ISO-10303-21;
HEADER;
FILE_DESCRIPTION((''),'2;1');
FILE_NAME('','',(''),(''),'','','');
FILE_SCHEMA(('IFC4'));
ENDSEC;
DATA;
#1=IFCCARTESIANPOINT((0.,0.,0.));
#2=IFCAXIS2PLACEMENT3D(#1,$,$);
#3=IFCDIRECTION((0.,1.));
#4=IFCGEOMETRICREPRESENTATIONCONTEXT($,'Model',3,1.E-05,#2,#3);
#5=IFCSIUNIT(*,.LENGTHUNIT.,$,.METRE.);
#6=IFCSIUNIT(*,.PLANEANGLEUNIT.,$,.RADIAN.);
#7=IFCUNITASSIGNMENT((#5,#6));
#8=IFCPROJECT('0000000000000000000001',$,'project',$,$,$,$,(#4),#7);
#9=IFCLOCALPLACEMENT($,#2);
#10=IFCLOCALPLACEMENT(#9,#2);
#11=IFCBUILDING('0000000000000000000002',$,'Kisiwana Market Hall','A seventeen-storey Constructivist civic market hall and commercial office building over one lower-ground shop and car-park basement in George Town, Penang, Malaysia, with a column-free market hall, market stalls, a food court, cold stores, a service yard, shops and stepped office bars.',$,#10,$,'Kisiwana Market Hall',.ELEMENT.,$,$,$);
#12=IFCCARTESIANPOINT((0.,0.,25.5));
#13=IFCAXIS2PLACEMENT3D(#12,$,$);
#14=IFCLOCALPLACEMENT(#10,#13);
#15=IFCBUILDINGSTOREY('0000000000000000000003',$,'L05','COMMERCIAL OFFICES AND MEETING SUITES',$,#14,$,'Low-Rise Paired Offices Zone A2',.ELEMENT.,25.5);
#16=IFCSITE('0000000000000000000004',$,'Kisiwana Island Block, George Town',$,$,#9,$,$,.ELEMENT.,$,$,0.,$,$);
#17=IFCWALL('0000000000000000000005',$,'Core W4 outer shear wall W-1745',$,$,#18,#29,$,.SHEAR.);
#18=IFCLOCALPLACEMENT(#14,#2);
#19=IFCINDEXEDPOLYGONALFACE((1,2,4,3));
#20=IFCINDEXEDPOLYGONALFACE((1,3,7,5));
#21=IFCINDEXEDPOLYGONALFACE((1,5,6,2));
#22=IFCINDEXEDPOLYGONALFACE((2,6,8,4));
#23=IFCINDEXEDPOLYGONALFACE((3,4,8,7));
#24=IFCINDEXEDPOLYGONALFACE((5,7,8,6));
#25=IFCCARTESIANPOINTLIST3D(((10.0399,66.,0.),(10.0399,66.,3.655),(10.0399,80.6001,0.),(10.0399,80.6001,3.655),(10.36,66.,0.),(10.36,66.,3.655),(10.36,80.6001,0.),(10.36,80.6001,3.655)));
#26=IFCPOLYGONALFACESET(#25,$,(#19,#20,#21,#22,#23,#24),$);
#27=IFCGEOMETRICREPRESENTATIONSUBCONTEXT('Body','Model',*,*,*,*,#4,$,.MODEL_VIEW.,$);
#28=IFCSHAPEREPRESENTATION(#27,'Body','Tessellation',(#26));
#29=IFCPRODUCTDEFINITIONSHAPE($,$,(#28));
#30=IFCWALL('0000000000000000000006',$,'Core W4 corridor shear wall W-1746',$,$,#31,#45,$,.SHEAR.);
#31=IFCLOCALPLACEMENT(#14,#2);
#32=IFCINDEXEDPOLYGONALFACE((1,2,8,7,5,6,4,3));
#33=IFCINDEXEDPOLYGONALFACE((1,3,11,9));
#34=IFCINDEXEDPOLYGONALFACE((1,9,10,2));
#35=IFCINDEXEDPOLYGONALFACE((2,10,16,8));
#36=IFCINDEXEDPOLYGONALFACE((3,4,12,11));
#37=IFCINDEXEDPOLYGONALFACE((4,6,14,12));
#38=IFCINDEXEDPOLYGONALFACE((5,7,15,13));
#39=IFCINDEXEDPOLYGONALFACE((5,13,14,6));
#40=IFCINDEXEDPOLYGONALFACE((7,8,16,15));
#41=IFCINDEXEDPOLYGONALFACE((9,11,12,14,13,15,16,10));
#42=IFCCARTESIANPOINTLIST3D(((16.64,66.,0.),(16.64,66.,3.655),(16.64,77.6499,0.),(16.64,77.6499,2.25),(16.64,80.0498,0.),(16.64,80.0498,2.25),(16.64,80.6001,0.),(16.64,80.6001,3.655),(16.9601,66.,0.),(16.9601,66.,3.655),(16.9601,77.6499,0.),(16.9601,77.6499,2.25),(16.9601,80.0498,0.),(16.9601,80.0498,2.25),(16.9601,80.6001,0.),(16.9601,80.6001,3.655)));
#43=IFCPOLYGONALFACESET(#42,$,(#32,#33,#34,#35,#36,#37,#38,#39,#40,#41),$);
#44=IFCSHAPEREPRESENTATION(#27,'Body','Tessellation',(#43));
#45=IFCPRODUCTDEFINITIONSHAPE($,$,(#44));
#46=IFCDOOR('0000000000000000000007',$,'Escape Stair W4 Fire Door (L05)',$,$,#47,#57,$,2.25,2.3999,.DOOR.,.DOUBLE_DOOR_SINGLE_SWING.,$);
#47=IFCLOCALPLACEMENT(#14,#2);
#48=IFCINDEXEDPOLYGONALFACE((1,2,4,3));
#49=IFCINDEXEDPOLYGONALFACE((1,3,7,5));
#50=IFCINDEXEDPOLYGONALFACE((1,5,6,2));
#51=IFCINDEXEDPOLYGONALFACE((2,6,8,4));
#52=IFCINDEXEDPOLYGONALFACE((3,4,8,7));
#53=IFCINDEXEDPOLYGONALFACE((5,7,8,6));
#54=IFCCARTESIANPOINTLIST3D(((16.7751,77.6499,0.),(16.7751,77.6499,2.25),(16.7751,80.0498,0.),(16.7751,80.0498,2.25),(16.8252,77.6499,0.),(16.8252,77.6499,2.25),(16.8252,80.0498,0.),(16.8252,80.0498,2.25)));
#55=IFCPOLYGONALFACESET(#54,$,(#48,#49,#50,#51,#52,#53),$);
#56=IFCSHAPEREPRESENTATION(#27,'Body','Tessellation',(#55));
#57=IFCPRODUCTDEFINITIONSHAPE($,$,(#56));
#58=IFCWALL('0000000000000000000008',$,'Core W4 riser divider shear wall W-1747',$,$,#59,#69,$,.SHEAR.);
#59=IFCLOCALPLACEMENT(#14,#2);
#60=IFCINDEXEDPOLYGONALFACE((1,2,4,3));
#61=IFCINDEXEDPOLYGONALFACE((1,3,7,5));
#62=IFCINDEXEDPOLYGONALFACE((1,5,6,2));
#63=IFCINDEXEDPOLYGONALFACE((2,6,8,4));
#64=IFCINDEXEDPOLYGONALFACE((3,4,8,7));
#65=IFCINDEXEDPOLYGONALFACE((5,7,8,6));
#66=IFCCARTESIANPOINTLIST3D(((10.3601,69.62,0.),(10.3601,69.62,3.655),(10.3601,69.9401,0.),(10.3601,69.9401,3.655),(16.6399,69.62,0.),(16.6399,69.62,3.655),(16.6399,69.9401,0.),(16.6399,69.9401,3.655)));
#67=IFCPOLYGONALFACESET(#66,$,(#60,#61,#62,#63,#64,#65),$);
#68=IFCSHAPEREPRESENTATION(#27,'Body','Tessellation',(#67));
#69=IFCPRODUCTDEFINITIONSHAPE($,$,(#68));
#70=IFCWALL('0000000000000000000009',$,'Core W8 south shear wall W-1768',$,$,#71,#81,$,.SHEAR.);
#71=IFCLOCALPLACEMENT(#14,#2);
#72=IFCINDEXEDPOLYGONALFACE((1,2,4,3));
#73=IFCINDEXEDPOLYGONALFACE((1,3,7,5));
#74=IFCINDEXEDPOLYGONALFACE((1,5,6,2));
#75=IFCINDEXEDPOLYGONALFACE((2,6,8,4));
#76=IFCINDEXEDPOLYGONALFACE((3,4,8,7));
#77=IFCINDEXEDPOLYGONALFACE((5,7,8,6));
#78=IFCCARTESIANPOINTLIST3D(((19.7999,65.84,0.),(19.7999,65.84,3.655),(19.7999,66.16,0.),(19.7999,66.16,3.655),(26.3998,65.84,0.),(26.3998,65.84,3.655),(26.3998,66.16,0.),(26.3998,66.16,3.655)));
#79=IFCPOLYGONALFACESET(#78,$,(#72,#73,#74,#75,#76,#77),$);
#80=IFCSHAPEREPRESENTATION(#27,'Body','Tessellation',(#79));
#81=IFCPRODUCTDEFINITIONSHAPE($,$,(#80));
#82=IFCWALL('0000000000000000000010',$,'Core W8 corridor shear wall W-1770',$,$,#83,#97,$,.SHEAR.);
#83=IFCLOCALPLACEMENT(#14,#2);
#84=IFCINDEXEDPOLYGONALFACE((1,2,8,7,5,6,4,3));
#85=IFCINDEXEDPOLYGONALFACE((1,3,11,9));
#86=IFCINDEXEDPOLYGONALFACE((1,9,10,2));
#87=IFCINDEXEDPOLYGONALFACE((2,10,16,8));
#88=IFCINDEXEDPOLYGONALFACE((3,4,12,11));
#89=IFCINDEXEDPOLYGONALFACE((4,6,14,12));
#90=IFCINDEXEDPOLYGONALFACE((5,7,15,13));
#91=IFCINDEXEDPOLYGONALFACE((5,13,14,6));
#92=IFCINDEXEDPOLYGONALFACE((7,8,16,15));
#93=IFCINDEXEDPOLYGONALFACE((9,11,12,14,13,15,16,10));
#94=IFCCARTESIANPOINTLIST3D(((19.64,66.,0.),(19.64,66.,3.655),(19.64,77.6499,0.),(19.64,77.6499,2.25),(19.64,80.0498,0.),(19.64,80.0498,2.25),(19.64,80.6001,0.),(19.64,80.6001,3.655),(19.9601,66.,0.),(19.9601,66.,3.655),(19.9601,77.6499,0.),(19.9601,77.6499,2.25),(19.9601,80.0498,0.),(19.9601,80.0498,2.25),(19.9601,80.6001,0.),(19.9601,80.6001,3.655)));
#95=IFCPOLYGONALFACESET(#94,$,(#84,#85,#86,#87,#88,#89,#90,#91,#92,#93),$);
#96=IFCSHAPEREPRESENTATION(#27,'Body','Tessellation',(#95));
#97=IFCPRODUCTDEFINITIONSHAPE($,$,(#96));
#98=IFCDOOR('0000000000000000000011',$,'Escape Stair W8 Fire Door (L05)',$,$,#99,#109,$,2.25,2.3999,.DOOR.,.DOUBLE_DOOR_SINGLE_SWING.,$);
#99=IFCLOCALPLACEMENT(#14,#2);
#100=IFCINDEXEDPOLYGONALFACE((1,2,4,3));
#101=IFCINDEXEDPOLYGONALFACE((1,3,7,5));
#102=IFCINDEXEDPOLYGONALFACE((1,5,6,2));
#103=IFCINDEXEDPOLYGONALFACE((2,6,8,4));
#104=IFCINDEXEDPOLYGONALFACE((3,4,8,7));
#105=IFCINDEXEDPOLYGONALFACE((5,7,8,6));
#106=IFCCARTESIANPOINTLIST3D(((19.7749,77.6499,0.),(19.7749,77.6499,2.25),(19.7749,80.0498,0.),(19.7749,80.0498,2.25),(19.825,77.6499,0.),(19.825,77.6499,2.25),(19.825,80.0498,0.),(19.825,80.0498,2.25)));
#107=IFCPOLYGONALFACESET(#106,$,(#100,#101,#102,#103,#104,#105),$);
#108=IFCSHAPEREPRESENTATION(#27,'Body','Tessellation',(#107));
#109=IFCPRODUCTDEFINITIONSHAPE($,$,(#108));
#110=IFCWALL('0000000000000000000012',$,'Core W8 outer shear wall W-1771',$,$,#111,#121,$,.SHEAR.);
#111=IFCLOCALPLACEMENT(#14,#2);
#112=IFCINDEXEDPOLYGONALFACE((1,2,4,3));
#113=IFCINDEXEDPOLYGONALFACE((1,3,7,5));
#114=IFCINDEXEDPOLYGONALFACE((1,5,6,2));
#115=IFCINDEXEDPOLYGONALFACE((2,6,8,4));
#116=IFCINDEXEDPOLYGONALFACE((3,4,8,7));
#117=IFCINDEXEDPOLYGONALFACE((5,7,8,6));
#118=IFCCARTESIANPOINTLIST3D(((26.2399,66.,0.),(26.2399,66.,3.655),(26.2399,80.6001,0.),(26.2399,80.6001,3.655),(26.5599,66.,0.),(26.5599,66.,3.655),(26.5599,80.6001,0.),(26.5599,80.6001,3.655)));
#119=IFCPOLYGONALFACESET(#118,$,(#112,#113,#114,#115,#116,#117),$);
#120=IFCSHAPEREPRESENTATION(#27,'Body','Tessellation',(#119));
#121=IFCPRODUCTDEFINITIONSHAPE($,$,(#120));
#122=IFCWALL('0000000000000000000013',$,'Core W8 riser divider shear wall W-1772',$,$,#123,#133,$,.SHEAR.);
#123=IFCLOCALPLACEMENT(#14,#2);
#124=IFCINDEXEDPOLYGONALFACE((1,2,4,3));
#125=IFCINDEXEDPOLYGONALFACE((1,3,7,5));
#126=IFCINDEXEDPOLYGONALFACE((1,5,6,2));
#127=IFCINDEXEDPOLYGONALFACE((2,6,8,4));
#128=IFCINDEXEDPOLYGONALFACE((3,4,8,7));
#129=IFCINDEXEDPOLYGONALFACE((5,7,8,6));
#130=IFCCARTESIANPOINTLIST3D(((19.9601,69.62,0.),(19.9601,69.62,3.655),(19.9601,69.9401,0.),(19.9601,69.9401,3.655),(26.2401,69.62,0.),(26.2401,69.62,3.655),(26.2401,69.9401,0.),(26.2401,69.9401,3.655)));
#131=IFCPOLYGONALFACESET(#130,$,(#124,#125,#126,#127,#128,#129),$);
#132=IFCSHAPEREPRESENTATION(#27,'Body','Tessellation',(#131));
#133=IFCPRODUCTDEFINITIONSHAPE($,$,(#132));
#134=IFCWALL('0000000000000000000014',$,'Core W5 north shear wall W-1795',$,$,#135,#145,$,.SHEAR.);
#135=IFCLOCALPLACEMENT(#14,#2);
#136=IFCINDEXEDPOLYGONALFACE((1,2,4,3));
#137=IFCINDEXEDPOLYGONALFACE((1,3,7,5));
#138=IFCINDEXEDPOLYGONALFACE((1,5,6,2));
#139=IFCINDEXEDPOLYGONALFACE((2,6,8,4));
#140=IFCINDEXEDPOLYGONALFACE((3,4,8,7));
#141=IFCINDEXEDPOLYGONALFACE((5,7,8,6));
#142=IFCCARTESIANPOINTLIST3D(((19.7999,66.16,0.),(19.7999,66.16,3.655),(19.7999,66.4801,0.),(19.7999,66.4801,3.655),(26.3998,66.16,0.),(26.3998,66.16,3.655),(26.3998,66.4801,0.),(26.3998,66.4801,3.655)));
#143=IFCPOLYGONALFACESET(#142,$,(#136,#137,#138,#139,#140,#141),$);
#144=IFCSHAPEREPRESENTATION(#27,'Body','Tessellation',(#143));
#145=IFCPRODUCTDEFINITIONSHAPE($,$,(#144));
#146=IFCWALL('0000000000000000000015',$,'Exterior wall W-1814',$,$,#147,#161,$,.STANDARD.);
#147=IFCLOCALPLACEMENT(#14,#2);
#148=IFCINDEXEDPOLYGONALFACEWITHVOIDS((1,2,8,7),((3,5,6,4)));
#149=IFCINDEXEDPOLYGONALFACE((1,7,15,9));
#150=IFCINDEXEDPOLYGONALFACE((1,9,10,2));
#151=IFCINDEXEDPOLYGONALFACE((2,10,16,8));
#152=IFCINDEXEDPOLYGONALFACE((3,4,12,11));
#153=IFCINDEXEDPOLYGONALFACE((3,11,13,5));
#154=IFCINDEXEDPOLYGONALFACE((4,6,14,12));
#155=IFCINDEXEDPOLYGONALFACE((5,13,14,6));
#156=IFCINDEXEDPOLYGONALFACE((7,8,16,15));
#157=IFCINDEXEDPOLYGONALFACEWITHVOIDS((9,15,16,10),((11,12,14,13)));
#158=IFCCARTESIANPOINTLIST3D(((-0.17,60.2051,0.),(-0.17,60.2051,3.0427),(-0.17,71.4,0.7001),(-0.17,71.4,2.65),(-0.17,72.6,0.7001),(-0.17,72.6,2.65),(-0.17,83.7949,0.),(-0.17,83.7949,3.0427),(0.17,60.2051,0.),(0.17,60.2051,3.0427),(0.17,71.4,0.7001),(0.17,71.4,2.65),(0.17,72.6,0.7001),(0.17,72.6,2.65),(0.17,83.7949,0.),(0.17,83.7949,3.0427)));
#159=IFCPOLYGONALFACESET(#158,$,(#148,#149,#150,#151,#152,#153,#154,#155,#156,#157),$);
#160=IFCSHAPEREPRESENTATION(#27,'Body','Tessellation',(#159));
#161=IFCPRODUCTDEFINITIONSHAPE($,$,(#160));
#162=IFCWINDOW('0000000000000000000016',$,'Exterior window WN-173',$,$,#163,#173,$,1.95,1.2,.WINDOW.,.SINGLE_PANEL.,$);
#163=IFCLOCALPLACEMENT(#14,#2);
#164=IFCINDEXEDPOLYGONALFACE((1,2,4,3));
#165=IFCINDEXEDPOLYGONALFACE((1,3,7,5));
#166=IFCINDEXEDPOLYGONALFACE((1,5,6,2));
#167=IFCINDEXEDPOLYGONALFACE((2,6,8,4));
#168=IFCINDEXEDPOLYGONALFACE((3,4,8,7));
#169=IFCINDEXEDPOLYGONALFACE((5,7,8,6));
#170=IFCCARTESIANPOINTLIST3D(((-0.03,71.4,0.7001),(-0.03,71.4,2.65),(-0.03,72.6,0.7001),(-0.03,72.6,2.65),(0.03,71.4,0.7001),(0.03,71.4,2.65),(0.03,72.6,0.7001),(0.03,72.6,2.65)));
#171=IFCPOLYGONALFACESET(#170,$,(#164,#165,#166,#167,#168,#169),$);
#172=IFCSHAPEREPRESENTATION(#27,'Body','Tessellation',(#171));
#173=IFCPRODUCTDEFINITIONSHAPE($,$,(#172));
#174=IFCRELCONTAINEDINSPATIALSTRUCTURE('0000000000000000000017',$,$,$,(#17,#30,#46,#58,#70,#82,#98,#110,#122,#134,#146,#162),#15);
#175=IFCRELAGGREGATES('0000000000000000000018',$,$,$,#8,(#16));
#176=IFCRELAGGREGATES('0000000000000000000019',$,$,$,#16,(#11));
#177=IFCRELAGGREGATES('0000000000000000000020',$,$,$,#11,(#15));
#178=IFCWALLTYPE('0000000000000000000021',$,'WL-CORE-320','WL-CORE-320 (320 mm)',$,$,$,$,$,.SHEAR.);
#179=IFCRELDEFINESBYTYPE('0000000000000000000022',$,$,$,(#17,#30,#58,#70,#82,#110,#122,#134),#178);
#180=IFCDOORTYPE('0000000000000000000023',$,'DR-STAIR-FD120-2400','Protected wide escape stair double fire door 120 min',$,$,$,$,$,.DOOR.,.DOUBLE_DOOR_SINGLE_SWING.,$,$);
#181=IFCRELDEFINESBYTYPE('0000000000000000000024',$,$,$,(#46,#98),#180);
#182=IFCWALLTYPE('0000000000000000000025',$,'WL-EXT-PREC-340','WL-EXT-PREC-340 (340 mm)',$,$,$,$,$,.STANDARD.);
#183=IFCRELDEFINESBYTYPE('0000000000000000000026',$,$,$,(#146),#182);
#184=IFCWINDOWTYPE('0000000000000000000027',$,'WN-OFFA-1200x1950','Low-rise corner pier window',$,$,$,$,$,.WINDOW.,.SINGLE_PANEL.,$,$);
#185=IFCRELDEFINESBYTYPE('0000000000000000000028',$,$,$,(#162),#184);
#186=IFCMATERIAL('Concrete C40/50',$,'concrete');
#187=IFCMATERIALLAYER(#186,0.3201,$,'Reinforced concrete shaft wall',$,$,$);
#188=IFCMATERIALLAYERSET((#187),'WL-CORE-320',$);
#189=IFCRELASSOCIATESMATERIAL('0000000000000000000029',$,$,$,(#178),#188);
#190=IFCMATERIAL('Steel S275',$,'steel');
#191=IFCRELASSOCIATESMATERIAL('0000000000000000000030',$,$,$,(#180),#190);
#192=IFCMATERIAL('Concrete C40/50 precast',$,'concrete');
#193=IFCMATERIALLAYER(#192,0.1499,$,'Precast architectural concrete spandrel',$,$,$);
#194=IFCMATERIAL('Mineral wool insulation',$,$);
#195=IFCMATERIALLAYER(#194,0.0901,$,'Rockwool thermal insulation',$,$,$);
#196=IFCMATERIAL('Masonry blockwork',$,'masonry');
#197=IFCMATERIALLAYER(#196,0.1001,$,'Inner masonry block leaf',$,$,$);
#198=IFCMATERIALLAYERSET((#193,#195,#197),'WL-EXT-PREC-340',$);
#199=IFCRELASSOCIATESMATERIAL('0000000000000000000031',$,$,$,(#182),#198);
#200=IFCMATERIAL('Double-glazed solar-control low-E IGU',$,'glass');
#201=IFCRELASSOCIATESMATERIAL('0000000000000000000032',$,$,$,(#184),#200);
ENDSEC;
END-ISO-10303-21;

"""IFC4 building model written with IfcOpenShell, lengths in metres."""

from ifc_helpers import new_model, si_unit, direction, frame, frame_2d, origin, place, context, subcontext, project, spatial, rectangle, extrude, material, layer, layer_set, type_object, element, fill, save


model = new_model("IFC4")

# Units and contexts
model_context = context("Model", 3, precision=1e-05, world=origin(), true_north=direction((0.0, 1.0)))
body_context = subcontext(model_context, "Body", "Model", "MODEL_VIEW")
ifc_project = project(units=[si_unit("LENGTHUNIT", "METRE"), si_unit("PLANEANGLEUNIT", "RADIAN")], contexts=[model_context])

# Site, building, storey
site_placement = place(None, origin())
site = spatial("IfcSite", under=ifc_project, at=site_placement, Name="Kisiwana Island Block, George Town", CompositionType="ELEMENT", RefElevation=0.0)
building_placement = place(site_placement, origin())
building = spatial("IfcBuilding", under=site, at=building_placement, Name="Kisiwana Market Hall", Description="A seventeen-storey Constructivist civic market hall and commercial office building over one lower-ground shop and car-park basement in George Town, Penang, Malaysia, with a column-free market hall, market stalls, a food court, cold stores, a service yard, shops and stepped office bars.", LongName="Kisiwana Market Hall", CompositionType="ELEMENT")
storey_placement = place(building_placement, frame((0.0, 0.0, 25.5)))
storey = spatial("IfcBuildingStorey", under=building, at=storey_placement, Name="L05", Description="COMMERCIAL OFFICES AND MEETING SUITES", LongName="Low-Rise Paired Offices Zone A2", CompositionType="ELEMENT", Elevation=25.5)

# Wall
ifc_material_1 = material(Name="Concrete C40/50", Category="concrete")
ifc_layer_1 = layer(ifc_material_1, 0.3201, Name="Reinforced concrete shaft wall")
ifc_layer_set_1 = layer_set([ifc_layer_1], Name="WL-CORE-320")
wall_type_1 = type_object("IfcWallType", Name="WL-CORE-320", Description="WL-CORE-320 (320 mm)", PredefinedType="SHEAR", material=ifc_layer_set_1)
wall_1_placement = place(storey_placement, frame((10.2, 66.0, 0.0), z_axis=(0.0, 0.0, 1.0), x_axis=(0.0, 1.0, 0.0)))
element("IfcWall", 1, at=wall_1_placement, inside=storey, type_object=wall_type_1, Name="Core W4 outer shear wall W-1745", PredefinedType="SHEAR", context=body_context, shape_type="SweptSolid", body=[
    extrude(rectangle(XDim=14.6001, YDim=0.3201, at=frame_2d((7.3, 0.0))), origin(), (0.0, 0.0, 1.0), 3.655),
])

# Wall, opening, door
wall_2_placement = place(storey_placement, frame((16.8, 66.0, 0.0), z_axis=(0.0, 0.0, 1.0), x_axis=(0.0, 1.0, 0.0)))
wall_2 = element("IfcWall", 2, at=wall_2_placement, inside=storey, type_object=wall_type_1, Name="Core W4 corridor shear wall W-1746", PredefinedType="SHEAR", context=body_context, shape_type="SweptSolid", body=[
    extrude(rectangle(XDim=14.6001, YDim=0.3201, at=frame_2d((7.3, 0.0))), origin(), (0.0, 0.0, 1.0), 3.655),
])
opening_1_placement = place(wall_2_placement, frame((11.6499, 0.0, 0.0)))
opening_1 = element("IfcOpeningElement", 3, at=opening_1_placement, cuts=wall_2, PredefinedType="OPENING", context=body_context, shape_type="SweptSolid", body=[
    extrude(rectangle(XDim=2.3999, YDim=2.25, at=frame_2d((1.2, 1.125))), frame((0.0, 0.1719, 0.0), z_axis=(0.0, -1.0, 0.0), x_axis=(1.0, 0.0, 0.0)), (0.0, 0.0, 1.0), 0.344),
])
ifc_material_2 = material(Name="Steel S275", Category="steel")
door_type = type_object("IfcDoorType", Name="DR-STAIR-FD120-2400", Description="Protected wide escape stair double fire door 120 min", OperationType="DOUBLE_DOOR_SINGLE_SWING", PredefinedType="DOOR", material=ifc_material_2)
door_1_placement = place(opening_1_placement, origin())
door_1 = element("IfcDoor", 4, at=door_1_placement, inside=storey, type_object=door_type, Name="Escape Stair W4 Fire Door (L05)", OperationType="DOUBLE_DOOR_SINGLE_SWING", OverallHeight=2.25, OverallWidth=2.3999, PredefinedType="DOOR", context=body_context, shape_type="SweptSolid", body=[
    extrude(rectangle(XDim=2.3999, YDim=2.25, at=frame_2d((1.2, 1.125))), frame((0.0, 0.0249, 0.0), z_axis=(0.0, -1.0, 0.0), x_axis=(1.0, 0.0, 0.0)), (0.0, 0.0, 1.0), 0.05),
])
fill(opening_1, door_1)

# Walls
wall_3_placement = place(storey_placement, frame((10.3601, 69.78, 0.0), z_axis=(0.0, 0.0, 1.0), x_axis=(1.0, 0.0, 0.0)))
element("IfcWall", 5, at=wall_3_placement, inside=storey, type_object=wall_type_1, Name="Core W4 riser divider shear wall W-1747", PredefinedType="SHEAR", context=body_context, shape_type="SweptSolid", body=[
    extrude(rectangle(XDim=6.2798, YDim=0.3201, at=frame_2d((3.1399, 0.0))), origin(), (0.0, 0.0, 1.0), 3.655),
])
wall_4_placement = place(storey_placement, frame((19.8, 66.0, 0.0), z_axis=(0.0, 0.0, 1.0), x_axis=(1.0, 0.0, 0.0)))
element("IfcWall", 6, at=wall_4_placement, inside=storey, type_object=wall_type_1, Name="Core W8 south shear wall W-1768", PredefinedType="SHEAR", context=body_context, shape_type="SweptSolid", body=[
    extrude(rectangle(XDim=6.5999, YDim=0.3201, at=frame_2d((3.2998, 0.0))), origin(), (0.0, 0.0, 1.0), 3.655),
])

# Wall, opening, door
wall_5_placement = place(storey_placement, frame((19.8, 66.0, 0.0), z_axis=(0.0, 0.0, 1.0), x_axis=(0.0, 1.0, 0.0)))
wall_5 = element("IfcWall", 7, at=wall_5_placement, inside=storey, type_object=wall_type_1, Name="Core W8 corridor shear wall W-1770", PredefinedType="SHEAR", context=body_context, shape_type="SweptSolid", body=[
    extrude(rectangle(XDim=14.6001, YDim=0.3201, at=frame_2d((7.3, 0.0))), origin(), (0.0, 0.0, 1.0), 3.655),
])
opening_2_placement = place(wall_5_placement, frame((11.6499, 0.0, 0.0)))
opening_2 = element("IfcOpeningElement", 8, at=opening_2_placement, cuts=wall_5, PredefinedType="OPENING", context=body_context, shape_type="SweptSolid", body=[
    extrude(rectangle(XDim=2.3999, YDim=2.25, at=frame_2d((1.2, 1.125))), frame((0.0, 0.1719, 0.0), z_axis=(0.0, -1.0, 0.0), x_axis=(1.0, 0.0, 0.0)), (0.0, 0.0, 1.0), 0.344),
])
door_2_placement = place(opening_2_placement, frame((2.3999, 0.0, 0.0), z_axis=(0.0, 0.0, 1.0), x_axis=(-1.0, 0.0, 0.0)))
door_2 = element("IfcDoor", 9, at=door_2_placement, inside=storey, type_object=door_type, Name="Escape Stair W8 Fire Door (L05)", OperationType="DOUBLE_DOOR_SINGLE_SWING", OverallHeight=2.25, OverallWidth=2.3999, PredefinedType="DOOR", context=body_context, shape_type="SweptSolid", body=[
    extrude(rectangle(XDim=2.3999, YDim=2.25, at=frame_2d((1.2, 1.125))), frame((0.0, 0.0249, 0.0), z_axis=(0.0, -1.0, 0.0), x_axis=(1.0, 0.0, 0.0)), (0.0, 0.0, 1.0), 0.05),
])
fill(opening_2, door_2)

# Walls
wall_6_placement = place(storey_placement, frame((26.3999, 66.0, 0.0), z_axis=(0.0, 0.0, 1.0), x_axis=(0.0, 1.0, 0.0)))
element("IfcWall", 10, at=wall_6_placement, inside=storey, type_object=wall_type_1, Name="Core W8 outer shear wall W-1771", PredefinedType="SHEAR", context=body_context, shape_type="SweptSolid", body=[
    extrude(rectangle(XDim=14.6001, YDim=0.3201, at=frame_2d((7.3, 0.0))), origin(), (0.0, 0.0, 1.0), 3.655),
])
wall_7_placement = place(storey_placement, frame((19.96, 69.78, 0.0), z_axis=(0.0, 0.0, 1.0), x_axis=(1.0, 0.0, 0.0)))
element("IfcWall", 11, at=wall_7_placement, inside=storey, type_object=wall_type_1, Name="Core W8 riser divider shear wall W-1772", PredefinedType="SHEAR", context=body_context, shape_type="SweptSolid", body=[
    extrude(rectangle(XDim=6.28, YDim=0.3201, at=frame_2d((3.1401, 0.0))), origin(), (0.0, 0.0, 1.0), 3.655),
])
wall_8_placement = place(storey_placement, frame((19.8, 66.3201, 0.0), z_axis=(0.0, 0.0, 1.0), x_axis=(1.0, 0.0, 0.0)))
element("IfcWall", 12, at=wall_8_placement, inside=storey, type_object=wall_type_1, Name="Core W5 north shear wall W-1795", PredefinedType="SHEAR", context=body_context, shape_type="SweptSolid", body=[
    extrude(rectangle(XDim=6.5999, YDim=0.3201, at=frame_2d((3.2998, 0.0))), origin(), (0.0, 0.0, 1.0), 3.655),
])

# Wall, opening, window
ifc_material_3 = material(Name="Concrete C40/50 precast", Category="concrete")
ifc_layer_2 = layer(ifc_material_3, 0.1499, Name="Precast architectural concrete spandrel")
ifc_material_4 = material(Name="Mineral wool insulation")
ifc_layer_3 = layer(ifc_material_4, 0.0901, Name="Rockwool thermal insulation")
ifc_material_5 = material(Name="Masonry blockwork", Category="masonry")
ifc_layer_4 = layer(ifc_material_5, 0.1001, Name="Inner masonry block leaf")
ifc_layer_set_2 = layer_set([ifc_layer_2, ifc_layer_3, ifc_layer_4], Name="WL-EXT-PREC-340")
wall_type_2 = type_object("IfcWallType", Name="WL-EXT-PREC-340", Description="WL-EXT-PREC-340 (340 mm)", PredefinedType="STANDARD", material=ifc_layer_set_2)
wall_9_placement = place(storey_placement, frame((0.0, 60.2051, 0.0), z_axis=(0.0, 0.0, 1.0), x_axis=(0.0, 1.0, 0.0)))
wall_9 = element("IfcWall", 13, at=wall_9_placement, inside=storey, type_object=wall_type_2, Name="Exterior wall W-1814", PredefinedType="STANDARD", context=body_context, shape_type="SweptSolid", body=[
    extrude(rectangle(XDim=23.5898, YDim=0.3401, at=frame_2d((11.7949, 0.0))), origin(), (0.0, 0.0, 1.0), 3.0427),
])
opening_3_placement = place(wall_9_placement, frame((11.1948, 0.0, 0.7)))
opening_3 = element("IfcOpeningElement", 14, at=opening_3_placement, cuts=wall_9, PredefinedType="OPENING", context=body_context, shape_type="SweptSolid", body=[
    extrude(rectangle(XDim=1.2, YDim=1.95, at=frame_2d((0.6001, 0.9751))), frame((0.0, 0.1821, 0.0), z_axis=(0.0, -1.0, 0.0), x_axis=(1.0, 0.0, 0.0)), (0.0, 0.0, 1.0), 0.364),
])
ifc_material_6 = material(Name="Double-glazed solar-control low-E IGU", Category="glass")
window_type = type_object("IfcWindowType", Name="WN-OFFA-1200x1950", Description="Low-rise corner pier window", PartitioningType="SINGLE_PANEL", PredefinedType="WINDOW", material=ifc_material_6)
window_placement = place(opening_3_placement, origin())
window = element("IfcWindow", 15, at=window_placement, inside=storey, type_object=window_type, Name="Exterior window WN-173", OverallHeight=1.95, OverallWidth=1.2, PartitioningType="SINGLE_PANEL", PredefinedType="WINDOW", context=body_context, shape_type="SweptSolid", body=[
    extrude(rectangle(XDim=1.2, YDim=1.95, at=frame_2d((0.6001, 0.9751))), frame((0.0, 0.03, 0.0), z_axis=(0.0, -1.0, 0.0), x_axis=(1.0, 0.0, 0.0)), (0.0, 0.0, 1.0), 0.0601),
])
fill(opening_3, window)

save(model, "model.ifc")
